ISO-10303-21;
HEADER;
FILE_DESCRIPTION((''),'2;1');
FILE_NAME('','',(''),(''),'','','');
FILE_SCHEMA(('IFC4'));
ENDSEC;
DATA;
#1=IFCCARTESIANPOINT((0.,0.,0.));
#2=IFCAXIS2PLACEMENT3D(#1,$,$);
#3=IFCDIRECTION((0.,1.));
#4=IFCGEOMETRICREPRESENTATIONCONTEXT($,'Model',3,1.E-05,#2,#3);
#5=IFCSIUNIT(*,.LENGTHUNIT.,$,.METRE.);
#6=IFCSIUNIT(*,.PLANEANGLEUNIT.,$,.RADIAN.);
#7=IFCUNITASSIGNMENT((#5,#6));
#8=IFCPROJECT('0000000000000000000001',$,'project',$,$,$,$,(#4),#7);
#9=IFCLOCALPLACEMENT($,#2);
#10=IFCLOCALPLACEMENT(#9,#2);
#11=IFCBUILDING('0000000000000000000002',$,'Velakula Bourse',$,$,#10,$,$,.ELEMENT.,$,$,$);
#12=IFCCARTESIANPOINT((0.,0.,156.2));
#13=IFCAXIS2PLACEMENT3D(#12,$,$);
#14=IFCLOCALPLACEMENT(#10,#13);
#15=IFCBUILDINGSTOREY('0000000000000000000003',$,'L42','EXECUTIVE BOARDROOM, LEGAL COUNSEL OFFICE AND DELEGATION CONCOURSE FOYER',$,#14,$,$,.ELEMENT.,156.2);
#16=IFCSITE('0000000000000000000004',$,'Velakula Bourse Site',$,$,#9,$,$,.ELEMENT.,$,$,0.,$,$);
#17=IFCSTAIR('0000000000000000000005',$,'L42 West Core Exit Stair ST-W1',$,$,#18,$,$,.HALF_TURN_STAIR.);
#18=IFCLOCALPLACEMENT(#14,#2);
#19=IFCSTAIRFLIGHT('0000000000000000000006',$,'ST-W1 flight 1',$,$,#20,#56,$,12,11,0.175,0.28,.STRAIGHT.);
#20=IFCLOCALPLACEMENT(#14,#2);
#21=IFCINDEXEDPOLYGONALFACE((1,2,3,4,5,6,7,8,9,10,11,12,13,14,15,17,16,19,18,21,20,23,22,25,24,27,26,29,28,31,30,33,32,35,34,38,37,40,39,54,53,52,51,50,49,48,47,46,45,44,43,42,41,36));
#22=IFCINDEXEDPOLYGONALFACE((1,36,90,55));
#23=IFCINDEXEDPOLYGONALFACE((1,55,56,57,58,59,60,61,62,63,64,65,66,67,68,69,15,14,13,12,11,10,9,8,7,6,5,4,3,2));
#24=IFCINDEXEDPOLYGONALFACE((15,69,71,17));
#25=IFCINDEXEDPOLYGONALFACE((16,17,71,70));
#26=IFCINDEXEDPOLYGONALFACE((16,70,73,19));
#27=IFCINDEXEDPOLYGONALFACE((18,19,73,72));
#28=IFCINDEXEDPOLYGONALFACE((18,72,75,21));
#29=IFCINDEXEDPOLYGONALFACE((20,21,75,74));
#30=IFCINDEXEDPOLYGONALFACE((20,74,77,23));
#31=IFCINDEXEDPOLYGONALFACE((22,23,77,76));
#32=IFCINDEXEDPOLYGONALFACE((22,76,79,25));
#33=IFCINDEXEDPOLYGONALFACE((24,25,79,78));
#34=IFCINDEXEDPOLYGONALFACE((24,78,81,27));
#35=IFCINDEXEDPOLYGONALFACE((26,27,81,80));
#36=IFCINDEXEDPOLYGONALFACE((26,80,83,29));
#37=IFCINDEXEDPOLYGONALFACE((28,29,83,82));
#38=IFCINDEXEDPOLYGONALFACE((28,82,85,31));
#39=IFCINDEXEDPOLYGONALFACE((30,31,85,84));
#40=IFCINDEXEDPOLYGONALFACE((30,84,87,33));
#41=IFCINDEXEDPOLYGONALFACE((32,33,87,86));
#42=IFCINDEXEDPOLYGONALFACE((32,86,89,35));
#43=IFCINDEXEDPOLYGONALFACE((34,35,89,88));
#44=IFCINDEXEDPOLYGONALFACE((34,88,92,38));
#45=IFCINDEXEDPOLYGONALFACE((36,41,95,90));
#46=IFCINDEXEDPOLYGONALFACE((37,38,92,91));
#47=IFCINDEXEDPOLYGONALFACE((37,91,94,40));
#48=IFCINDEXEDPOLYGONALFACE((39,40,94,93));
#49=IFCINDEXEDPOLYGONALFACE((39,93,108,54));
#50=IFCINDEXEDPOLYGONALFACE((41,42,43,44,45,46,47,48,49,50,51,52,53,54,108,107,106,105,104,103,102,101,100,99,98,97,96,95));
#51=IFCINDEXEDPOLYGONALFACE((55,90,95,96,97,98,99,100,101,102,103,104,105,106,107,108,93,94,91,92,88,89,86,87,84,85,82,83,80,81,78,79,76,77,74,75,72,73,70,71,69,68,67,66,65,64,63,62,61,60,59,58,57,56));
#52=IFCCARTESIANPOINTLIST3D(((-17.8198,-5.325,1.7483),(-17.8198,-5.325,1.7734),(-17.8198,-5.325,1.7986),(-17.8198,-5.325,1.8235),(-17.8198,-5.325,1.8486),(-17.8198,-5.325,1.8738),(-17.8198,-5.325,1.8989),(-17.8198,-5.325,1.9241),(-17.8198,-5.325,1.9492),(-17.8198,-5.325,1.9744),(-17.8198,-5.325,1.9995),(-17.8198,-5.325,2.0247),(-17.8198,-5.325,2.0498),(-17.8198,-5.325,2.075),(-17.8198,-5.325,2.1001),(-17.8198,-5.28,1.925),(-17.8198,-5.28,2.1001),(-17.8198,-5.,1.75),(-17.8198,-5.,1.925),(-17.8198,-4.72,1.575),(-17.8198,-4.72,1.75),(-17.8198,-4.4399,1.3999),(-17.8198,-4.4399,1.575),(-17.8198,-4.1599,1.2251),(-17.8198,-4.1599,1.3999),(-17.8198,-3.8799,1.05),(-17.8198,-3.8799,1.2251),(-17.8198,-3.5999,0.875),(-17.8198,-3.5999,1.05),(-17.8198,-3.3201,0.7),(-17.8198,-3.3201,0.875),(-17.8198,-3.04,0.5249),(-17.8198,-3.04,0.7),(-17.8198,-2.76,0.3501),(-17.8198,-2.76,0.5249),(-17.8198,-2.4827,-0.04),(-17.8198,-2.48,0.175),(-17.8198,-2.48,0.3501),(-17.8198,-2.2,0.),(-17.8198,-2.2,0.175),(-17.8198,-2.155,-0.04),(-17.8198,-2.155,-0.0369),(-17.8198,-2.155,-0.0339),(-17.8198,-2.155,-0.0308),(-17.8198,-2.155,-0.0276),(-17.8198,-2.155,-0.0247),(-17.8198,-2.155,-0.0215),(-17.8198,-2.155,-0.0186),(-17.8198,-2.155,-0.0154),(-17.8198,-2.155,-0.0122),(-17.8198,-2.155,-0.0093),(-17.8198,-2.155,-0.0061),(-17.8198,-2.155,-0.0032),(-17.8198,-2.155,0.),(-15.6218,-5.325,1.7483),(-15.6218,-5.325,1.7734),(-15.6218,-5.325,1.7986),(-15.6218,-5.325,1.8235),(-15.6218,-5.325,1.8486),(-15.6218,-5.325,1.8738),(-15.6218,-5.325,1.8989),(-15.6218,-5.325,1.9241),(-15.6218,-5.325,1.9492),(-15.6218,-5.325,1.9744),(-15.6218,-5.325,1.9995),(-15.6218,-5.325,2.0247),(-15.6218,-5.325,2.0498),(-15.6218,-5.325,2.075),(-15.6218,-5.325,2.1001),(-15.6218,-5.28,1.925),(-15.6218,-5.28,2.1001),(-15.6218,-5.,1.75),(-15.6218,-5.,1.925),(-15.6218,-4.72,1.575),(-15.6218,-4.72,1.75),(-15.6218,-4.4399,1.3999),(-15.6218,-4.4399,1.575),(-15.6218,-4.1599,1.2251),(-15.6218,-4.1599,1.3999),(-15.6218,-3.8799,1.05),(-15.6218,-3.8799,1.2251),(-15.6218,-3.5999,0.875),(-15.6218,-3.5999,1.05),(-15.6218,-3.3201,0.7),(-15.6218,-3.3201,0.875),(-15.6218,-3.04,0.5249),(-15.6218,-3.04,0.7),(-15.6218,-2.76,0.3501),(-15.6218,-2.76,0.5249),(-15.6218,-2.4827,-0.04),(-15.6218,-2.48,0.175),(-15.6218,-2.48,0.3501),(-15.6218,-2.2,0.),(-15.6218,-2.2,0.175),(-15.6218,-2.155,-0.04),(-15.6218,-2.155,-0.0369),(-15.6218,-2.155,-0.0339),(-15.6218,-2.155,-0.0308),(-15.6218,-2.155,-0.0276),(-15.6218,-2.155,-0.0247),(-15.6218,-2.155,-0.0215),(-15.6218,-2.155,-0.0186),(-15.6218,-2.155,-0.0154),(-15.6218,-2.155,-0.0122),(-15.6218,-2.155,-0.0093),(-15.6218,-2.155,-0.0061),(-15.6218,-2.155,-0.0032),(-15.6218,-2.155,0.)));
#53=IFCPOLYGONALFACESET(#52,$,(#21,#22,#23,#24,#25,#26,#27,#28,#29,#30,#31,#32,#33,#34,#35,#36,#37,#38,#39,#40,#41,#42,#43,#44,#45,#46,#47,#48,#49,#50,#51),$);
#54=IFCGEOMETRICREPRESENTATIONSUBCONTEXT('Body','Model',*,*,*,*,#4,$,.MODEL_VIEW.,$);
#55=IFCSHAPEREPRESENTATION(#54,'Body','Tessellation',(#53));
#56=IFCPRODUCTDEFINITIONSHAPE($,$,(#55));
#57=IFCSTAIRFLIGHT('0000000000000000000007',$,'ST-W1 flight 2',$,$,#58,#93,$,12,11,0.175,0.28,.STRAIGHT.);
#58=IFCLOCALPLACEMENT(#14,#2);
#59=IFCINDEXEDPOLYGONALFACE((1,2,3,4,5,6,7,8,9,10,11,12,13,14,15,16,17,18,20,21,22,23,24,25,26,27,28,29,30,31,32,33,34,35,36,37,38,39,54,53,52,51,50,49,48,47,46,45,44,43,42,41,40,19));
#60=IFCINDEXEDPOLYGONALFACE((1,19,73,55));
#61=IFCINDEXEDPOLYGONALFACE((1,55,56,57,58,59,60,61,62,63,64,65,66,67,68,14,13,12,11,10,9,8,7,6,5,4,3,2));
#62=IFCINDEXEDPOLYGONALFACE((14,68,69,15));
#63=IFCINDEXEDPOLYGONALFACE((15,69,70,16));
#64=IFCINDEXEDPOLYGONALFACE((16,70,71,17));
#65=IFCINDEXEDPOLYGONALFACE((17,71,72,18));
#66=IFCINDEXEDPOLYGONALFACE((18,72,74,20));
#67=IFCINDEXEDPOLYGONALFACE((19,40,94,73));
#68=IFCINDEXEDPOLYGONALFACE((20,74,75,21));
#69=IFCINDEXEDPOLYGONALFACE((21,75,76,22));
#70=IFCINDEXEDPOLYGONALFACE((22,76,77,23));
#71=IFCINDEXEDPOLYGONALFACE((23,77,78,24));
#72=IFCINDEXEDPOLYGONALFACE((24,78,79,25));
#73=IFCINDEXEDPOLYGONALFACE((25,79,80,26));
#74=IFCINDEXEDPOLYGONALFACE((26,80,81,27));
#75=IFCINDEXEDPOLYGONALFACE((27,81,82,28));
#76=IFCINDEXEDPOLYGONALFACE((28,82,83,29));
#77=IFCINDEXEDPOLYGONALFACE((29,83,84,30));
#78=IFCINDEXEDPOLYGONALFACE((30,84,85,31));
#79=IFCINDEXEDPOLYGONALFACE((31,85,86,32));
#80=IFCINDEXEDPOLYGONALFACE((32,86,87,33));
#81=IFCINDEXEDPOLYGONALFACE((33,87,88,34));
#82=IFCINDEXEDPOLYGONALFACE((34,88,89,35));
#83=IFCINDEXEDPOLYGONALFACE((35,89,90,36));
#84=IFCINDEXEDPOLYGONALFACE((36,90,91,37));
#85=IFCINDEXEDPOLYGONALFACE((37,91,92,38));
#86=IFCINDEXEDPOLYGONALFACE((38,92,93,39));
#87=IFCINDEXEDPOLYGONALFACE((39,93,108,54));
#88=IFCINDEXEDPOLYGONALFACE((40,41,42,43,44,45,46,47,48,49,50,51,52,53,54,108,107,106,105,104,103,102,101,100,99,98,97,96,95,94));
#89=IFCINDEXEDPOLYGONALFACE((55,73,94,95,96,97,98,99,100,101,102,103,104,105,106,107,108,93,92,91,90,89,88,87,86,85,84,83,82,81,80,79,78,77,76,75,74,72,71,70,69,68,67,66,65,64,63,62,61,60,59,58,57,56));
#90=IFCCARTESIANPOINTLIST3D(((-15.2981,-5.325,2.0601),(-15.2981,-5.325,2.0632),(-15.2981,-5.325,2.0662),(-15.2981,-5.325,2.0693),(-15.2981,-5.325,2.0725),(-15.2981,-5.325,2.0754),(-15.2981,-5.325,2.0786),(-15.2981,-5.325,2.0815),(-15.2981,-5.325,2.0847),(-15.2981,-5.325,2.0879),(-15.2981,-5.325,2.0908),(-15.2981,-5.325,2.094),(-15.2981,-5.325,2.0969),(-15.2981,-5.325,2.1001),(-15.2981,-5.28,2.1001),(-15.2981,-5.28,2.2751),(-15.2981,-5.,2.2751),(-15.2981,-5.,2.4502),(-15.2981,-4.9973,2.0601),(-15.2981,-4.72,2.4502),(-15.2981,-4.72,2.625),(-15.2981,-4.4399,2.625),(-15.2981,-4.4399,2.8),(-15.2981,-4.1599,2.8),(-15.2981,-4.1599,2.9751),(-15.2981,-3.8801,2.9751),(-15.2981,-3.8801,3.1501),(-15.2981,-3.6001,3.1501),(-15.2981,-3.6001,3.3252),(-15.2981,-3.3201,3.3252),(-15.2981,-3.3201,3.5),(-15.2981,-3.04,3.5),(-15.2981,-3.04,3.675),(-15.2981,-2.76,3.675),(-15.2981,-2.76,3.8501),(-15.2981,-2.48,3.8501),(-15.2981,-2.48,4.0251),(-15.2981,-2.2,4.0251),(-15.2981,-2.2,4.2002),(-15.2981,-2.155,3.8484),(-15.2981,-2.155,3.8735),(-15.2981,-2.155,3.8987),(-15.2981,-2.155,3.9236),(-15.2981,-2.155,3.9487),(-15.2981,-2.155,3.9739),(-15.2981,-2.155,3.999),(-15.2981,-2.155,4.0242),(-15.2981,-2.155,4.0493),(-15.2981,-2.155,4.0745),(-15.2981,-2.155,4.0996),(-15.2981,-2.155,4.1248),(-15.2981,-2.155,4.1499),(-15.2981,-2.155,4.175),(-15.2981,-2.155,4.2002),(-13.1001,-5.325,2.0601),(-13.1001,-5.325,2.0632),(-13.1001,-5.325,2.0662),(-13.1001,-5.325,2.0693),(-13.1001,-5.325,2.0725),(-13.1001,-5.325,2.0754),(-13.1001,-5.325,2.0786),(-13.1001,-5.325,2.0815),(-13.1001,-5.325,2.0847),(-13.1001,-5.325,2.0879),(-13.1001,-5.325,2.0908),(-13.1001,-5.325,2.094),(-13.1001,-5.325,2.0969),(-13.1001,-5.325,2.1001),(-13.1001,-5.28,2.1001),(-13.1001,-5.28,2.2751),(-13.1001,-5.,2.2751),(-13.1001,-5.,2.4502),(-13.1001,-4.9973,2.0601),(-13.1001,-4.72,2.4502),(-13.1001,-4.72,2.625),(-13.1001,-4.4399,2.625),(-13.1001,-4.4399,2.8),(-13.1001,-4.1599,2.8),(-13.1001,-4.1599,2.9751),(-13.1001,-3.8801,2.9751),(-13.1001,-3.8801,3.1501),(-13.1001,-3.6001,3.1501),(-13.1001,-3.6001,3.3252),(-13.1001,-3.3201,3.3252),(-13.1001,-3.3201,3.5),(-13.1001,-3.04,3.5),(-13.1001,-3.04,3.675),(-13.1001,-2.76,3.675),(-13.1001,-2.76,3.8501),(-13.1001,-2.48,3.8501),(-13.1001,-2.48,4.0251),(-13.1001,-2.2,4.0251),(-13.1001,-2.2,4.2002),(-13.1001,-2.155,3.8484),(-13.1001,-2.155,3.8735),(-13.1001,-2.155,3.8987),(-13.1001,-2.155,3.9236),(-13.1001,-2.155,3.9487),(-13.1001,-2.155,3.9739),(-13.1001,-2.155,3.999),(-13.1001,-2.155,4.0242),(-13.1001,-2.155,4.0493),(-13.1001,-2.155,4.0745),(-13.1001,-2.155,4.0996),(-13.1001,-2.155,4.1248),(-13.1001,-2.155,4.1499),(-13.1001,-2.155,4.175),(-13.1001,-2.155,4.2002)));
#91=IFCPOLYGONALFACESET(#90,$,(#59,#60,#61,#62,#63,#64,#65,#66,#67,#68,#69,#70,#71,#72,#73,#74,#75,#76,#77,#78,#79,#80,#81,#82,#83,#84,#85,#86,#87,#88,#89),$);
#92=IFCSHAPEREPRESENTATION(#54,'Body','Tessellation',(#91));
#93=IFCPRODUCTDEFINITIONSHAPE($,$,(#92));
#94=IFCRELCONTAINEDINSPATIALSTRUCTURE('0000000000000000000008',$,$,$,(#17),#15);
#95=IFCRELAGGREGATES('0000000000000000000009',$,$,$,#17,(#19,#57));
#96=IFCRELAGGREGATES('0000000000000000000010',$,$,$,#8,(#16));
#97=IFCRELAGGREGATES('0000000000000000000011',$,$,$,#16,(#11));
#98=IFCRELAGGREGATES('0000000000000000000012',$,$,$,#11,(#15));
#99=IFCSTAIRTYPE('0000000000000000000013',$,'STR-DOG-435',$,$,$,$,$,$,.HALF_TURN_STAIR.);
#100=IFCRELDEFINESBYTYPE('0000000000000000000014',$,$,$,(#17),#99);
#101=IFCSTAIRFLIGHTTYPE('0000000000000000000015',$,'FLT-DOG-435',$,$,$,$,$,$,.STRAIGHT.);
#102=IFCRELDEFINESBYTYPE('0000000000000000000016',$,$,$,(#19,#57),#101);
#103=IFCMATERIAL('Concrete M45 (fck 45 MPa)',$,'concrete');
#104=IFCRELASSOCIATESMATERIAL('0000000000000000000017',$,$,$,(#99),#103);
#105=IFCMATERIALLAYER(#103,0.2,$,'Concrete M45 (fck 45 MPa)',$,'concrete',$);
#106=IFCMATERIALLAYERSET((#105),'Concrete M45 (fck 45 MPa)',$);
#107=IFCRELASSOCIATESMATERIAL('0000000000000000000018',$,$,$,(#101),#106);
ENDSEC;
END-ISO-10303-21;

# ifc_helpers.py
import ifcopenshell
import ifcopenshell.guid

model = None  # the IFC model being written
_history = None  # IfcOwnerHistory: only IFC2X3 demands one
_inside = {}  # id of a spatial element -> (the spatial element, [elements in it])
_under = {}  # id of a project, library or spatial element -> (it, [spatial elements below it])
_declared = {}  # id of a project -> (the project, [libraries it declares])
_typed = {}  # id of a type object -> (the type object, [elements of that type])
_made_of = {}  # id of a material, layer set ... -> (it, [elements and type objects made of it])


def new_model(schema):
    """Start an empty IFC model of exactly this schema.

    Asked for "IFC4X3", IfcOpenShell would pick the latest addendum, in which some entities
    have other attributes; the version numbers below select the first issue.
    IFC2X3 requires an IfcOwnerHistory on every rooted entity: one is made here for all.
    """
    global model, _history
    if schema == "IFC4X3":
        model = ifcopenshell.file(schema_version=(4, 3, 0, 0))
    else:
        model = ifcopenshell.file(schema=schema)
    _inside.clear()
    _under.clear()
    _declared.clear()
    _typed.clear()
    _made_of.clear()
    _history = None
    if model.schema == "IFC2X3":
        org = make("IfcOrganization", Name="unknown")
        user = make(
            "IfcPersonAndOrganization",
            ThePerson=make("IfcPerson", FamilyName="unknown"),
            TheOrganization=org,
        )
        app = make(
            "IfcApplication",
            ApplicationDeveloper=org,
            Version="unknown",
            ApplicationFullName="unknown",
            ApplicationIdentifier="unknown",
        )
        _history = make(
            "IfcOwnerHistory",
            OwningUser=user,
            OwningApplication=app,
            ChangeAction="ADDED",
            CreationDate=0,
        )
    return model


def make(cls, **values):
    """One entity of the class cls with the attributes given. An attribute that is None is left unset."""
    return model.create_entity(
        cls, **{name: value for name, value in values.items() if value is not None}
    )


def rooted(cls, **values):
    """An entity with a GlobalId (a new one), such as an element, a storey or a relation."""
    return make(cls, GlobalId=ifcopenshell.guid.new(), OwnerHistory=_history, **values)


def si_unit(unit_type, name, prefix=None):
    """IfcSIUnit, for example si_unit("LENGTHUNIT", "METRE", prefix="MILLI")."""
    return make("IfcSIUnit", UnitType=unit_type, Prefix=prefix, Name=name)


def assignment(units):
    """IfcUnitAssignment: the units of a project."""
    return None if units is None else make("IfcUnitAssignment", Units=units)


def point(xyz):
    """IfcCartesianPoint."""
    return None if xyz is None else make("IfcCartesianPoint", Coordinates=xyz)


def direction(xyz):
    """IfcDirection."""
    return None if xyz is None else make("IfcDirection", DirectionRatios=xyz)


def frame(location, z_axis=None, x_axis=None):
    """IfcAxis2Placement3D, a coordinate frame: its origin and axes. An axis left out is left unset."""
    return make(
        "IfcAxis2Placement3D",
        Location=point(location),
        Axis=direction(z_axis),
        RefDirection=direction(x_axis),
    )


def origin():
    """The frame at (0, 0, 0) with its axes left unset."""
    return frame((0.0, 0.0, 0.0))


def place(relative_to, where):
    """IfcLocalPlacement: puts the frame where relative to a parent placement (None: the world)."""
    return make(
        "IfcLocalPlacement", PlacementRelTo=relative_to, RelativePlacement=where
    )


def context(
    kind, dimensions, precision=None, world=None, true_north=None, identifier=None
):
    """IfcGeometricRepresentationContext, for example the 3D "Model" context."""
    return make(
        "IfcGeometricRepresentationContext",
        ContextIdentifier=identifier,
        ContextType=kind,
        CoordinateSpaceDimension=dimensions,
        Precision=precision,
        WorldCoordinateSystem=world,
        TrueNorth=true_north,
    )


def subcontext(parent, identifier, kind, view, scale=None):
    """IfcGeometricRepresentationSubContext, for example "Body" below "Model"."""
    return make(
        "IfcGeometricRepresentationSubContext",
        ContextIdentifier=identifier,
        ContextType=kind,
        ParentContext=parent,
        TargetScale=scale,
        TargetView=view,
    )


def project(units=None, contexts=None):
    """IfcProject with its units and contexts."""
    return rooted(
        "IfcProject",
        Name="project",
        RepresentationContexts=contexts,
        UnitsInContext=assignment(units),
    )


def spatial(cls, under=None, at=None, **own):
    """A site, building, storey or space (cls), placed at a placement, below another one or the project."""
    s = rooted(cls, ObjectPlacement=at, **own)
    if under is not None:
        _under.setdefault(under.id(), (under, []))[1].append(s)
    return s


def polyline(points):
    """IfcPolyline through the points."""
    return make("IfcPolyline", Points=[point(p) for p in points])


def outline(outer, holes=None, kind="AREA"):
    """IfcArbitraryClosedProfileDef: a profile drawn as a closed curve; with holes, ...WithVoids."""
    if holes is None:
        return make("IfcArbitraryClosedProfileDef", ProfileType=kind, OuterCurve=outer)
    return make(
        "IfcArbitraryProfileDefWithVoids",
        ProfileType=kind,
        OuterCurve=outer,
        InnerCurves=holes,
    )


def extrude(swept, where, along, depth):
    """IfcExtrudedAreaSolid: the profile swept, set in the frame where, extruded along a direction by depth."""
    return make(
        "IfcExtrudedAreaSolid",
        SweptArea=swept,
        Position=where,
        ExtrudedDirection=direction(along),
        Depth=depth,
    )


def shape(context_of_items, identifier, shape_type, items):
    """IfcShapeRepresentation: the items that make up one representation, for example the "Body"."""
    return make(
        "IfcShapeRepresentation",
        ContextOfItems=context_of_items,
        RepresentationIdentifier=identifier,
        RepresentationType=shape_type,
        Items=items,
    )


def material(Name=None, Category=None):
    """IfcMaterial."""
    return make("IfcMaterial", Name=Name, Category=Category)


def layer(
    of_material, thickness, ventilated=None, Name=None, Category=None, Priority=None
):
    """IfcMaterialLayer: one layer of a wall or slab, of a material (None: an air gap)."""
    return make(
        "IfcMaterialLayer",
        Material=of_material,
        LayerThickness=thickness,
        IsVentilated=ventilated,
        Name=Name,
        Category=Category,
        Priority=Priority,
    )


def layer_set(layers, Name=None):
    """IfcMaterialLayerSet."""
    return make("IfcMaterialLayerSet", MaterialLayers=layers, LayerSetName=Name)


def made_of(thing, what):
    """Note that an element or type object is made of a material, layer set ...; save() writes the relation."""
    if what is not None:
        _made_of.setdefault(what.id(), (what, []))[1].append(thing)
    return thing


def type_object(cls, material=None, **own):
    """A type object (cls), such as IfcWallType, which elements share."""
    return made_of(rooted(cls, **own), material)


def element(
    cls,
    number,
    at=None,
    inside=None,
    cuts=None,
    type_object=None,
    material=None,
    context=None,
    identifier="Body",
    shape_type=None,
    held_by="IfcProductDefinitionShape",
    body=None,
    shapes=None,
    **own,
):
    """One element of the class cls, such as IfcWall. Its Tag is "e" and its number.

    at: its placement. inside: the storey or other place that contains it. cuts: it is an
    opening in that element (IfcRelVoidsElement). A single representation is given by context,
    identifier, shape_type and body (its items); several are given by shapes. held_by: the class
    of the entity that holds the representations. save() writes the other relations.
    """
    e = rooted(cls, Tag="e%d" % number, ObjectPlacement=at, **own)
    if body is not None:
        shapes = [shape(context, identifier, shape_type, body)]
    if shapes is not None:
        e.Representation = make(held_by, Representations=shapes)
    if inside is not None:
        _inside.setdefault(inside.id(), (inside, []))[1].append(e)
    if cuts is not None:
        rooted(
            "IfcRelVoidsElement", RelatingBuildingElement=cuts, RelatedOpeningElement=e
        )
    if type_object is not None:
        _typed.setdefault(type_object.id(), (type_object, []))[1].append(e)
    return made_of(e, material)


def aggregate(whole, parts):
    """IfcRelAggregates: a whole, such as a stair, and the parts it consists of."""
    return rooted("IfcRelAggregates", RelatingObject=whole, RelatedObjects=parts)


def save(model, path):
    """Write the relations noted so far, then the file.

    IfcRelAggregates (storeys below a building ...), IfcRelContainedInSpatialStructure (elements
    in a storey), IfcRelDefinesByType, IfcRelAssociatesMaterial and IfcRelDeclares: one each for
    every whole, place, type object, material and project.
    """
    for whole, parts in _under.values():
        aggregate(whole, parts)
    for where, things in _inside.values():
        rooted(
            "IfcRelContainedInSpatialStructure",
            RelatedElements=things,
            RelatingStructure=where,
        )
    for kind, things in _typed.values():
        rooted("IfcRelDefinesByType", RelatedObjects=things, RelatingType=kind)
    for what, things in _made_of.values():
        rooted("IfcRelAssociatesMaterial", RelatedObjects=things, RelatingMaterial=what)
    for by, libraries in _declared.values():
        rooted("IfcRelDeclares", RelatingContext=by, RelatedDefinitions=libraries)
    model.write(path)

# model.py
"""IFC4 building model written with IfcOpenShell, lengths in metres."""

from ifc_helpers import new_model, si_unit, direction, frame, origin, place, context, subcontext, project, spatial, polyline, outline, extrude, material, layer, layer_set, type_object, element, aggregate, save


model = new_model("IFC4")

# Units and contexts
model_context = context("Model", 3, precision=1e-05, world=origin(), true_north=direction((0.0, 1.0)))
body_context = subcontext(model_context, "Body", "Model", "MODEL_VIEW")
ifc_project = project(units=[si_unit("LENGTHUNIT", "METRE"), si_unit("PLANEANGLEUNIT", "RADIAN")], contexts=[model_context])

# Site, building, storey
site_placement = place(None, origin())
site = spatial("IfcSite", under=ifc_project, at=site_placement, Name="Velakula Bourse Site", CompositionType="ELEMENT", RefElevation=0.0)
building_placement = place(site_placement, origin())
building = spatial("IfcBuilding", under=site, at=building_placement, Name="Velakula Bourse", CompositionType="ELEMENT")
storey_placement = place(building_placement, frame((0.0, 0.0, 156.2)))
storey = spatial("IfcBuildingStorey", under=building, at=storey_placement, Name="L42", Description="EXECUTIVE BOARDROOM, LEGAL COUNSEL OFFICE AND DELEGATION CONCOURSE FOYER", CompositionType="ELEMENT", Elevation=156.2)

# Stair, stair flights
ifc_material_1 = material(Name="Concrete M45 (fck 45 MPa)", Category="concrete")
stair_type = type_object("IfcStairType", Name="STR-DOG-435", PredefinedType="HALF_TURN_STAIR", material=ifc_material_1)
stair_placement = place(storey_placement, origin())
stair = element("IfcStair", 1, at=stair_placement, inside=storey, type_object=stair_type, Name="L42 West Core Exit Stair ST-W1", PredefinedType="HALF_TURN_STAIR")
ifc_layer_1 = layer(ifc_material_1, 0.2, Name="Concrete M45 (fck 45 MPa)", Category="concrete")
ifc_layer_set_1 = layer_set([ifc_layer_1], Name="Concrete M45 (fck 45 MPa)")
stair_flight_type = type_object("IfcStairFlightType", Name="FLT-DOG-435", PredefinedType="STRAIGHT", material=ifc_layer_set_1)
stair_flight_1_placement = place(storey_placement, frame((-16.7209, -2.2, 0.0), z_axis=(0.0, 0.0, 1.0), x_axis=(0.0, -1.0, 0.0)))
stair_flight_1 = element("IfcStairFlight", 2, at=stair_flight_1_placement, type_object=stair_flight_type, Name="ST-W1 flight 1", NumberOfRisers=12, NumberOfTreads=11, PredefinedType="STRAIGHT", RiserHeight=0.175, TreadLength=0.28, context=body_context, shape_type="SweptSolid", body=[
    extrude(outline(polyline([(-0.0449, -0.04), (-0.0449, -0.0369), (-0.0449, -0.0339), (-0.0449, -0.0308), (-0.0449, -0.0276), (-0.0449, -0.0247), (-0.0449, -0.0215), (-0.0449, -0.0186), (-0.0449, -0.0154), (-0.0449, -0.0122), (-0.0449, -0.0093), (-0.0449, -0.0061), (-0.0449, -0.0032), (-0.0449, 0.0), (0.0, 0.0), (0.0, 0.175), (0.28, 0.175), (0.28, 0.3501), (0.5601, 0.3501), (0.5601, 0.5249), (0.8401, 0.5249), (0.8401, 0.7), (1.1201, 0.7), (1.1201, 0.875), (1.3999, 0.875), (1.3999, 1.05), (1.6799, 1.05), (1.6799, 1.2251), (1.96, 1.2251), (1.96, 1.3999), (2.24, 1.3999), (2.24, 1.575), (2.52, 1.575), (2.52, 1.75), (2.8, 1.75), (2.8, 1.925), (3.0801, 1.925), (3.0801, 2.1001), (3.125, 2.1001), (3.125, 2.075), (3.125, 2.0498), (3.125, 2.0247), (3.125, 1.9995), (3.125, 1.9744), (3.125, 1.9492), (3.125, 1.9241), (3.125, 1.8989), (3.125, 1.8738), (3.125, 1.8486), (3.125, 1.8235), (3.125, 1.7986), (3.125, 1.7734), (3.125, 1.7483), (0.2827, -0.04), (-0.0449, -0.04)])), frame((0.0, 1.0991, 0.0), z_axis=(0.0, -1.0, 0.0), x_axis=(1.0, 0.0, 0.0)), (0.0, 0.0, 1.0), 2.198),
])
stair_flight_2_placement = place(storey_placement, frame((-14.199, -5.28, 2.1001), z_axis=(0.0, 0.0, 1.0), x_axis=(0.0, 1.0, 0.0)))
stair_flight_2 = element("IfcStairFlight", 3, at=stair_flight_2_placement, type_object=stair_flight_type, Name="ST-W1 flight 2", NumberOfRisers=12, NumberOfTreads=11, PredefinedType="STRAIGHT", RiserHeight=0.175, TreadLength=0.28, context=body_context, shape_type="SweptSolid", body=[
    extrude(outline(polyline([(-0.0449, -0.04), (-0.0449, -0.0369), (-0.0449, -0.0339), (-0.0449, -0.0308), (-0.0449, -0.0276), (-0.0449, -0.0247), (-0.0449, -0.0215), (-0.0449, -0.0186), (-0.0449, -0.0154), (-0.0449, -0.0122), (-0.0449, -0.0093), (-0.0449, -0.0061), (-0.0449, -0.0032), (-0.0449, 0.0), (0.0, 0.0), (0.0, 0.175), (0.28, 0.175), (0.28, 0.3501), (0.5601, 0.3501), (0.5601, 0.5249), (0.8401, 0.5249), (0.8401, 0.7), (1.1201, 0.7), (1.1201, 0.875), (1.3999, 0.875), (1.3999, 1.05), (1.6799, 1.05), (1.6799, 1.2251), (1.96, 1.2251), (1.96, 1.3999), (2.24, 1.3999), (2.24, 1.575), (2.52, 1.575), (2.52, 1.75), (2.8, 1.75), (2.8, 1.925), (3.0801, 1.925), (3.0801, 2.1001), (3.125, 2.1001), (3.125, 2.075), (3.125, 2.0498), (3.125, 2.0247), (3.125, 1.9995), (3.125, 1.9744), (3.125, 1.9492), (3.125, 1.9241), (3.125, 1.8989), (3.125, 1.8738), (3.125, 1.8486), (3.125, 1.8235), (3.125, 1.7986), (3.125, 1.7734), (3.125, 1.7483), (0.2827, -0.04), (-0.0449, -0.04)])), frame((0.0, 1.0991, 0.0), z_axis=(0.0, -1.0, 0.0), x_axis=(1.0, 0.0, 0.0)), (0.0, 0.0, 1.0), 2.198),
])
aggregate(stair, [stair_flight_1, stair_flight_2])

save(model, "model.ifc")
